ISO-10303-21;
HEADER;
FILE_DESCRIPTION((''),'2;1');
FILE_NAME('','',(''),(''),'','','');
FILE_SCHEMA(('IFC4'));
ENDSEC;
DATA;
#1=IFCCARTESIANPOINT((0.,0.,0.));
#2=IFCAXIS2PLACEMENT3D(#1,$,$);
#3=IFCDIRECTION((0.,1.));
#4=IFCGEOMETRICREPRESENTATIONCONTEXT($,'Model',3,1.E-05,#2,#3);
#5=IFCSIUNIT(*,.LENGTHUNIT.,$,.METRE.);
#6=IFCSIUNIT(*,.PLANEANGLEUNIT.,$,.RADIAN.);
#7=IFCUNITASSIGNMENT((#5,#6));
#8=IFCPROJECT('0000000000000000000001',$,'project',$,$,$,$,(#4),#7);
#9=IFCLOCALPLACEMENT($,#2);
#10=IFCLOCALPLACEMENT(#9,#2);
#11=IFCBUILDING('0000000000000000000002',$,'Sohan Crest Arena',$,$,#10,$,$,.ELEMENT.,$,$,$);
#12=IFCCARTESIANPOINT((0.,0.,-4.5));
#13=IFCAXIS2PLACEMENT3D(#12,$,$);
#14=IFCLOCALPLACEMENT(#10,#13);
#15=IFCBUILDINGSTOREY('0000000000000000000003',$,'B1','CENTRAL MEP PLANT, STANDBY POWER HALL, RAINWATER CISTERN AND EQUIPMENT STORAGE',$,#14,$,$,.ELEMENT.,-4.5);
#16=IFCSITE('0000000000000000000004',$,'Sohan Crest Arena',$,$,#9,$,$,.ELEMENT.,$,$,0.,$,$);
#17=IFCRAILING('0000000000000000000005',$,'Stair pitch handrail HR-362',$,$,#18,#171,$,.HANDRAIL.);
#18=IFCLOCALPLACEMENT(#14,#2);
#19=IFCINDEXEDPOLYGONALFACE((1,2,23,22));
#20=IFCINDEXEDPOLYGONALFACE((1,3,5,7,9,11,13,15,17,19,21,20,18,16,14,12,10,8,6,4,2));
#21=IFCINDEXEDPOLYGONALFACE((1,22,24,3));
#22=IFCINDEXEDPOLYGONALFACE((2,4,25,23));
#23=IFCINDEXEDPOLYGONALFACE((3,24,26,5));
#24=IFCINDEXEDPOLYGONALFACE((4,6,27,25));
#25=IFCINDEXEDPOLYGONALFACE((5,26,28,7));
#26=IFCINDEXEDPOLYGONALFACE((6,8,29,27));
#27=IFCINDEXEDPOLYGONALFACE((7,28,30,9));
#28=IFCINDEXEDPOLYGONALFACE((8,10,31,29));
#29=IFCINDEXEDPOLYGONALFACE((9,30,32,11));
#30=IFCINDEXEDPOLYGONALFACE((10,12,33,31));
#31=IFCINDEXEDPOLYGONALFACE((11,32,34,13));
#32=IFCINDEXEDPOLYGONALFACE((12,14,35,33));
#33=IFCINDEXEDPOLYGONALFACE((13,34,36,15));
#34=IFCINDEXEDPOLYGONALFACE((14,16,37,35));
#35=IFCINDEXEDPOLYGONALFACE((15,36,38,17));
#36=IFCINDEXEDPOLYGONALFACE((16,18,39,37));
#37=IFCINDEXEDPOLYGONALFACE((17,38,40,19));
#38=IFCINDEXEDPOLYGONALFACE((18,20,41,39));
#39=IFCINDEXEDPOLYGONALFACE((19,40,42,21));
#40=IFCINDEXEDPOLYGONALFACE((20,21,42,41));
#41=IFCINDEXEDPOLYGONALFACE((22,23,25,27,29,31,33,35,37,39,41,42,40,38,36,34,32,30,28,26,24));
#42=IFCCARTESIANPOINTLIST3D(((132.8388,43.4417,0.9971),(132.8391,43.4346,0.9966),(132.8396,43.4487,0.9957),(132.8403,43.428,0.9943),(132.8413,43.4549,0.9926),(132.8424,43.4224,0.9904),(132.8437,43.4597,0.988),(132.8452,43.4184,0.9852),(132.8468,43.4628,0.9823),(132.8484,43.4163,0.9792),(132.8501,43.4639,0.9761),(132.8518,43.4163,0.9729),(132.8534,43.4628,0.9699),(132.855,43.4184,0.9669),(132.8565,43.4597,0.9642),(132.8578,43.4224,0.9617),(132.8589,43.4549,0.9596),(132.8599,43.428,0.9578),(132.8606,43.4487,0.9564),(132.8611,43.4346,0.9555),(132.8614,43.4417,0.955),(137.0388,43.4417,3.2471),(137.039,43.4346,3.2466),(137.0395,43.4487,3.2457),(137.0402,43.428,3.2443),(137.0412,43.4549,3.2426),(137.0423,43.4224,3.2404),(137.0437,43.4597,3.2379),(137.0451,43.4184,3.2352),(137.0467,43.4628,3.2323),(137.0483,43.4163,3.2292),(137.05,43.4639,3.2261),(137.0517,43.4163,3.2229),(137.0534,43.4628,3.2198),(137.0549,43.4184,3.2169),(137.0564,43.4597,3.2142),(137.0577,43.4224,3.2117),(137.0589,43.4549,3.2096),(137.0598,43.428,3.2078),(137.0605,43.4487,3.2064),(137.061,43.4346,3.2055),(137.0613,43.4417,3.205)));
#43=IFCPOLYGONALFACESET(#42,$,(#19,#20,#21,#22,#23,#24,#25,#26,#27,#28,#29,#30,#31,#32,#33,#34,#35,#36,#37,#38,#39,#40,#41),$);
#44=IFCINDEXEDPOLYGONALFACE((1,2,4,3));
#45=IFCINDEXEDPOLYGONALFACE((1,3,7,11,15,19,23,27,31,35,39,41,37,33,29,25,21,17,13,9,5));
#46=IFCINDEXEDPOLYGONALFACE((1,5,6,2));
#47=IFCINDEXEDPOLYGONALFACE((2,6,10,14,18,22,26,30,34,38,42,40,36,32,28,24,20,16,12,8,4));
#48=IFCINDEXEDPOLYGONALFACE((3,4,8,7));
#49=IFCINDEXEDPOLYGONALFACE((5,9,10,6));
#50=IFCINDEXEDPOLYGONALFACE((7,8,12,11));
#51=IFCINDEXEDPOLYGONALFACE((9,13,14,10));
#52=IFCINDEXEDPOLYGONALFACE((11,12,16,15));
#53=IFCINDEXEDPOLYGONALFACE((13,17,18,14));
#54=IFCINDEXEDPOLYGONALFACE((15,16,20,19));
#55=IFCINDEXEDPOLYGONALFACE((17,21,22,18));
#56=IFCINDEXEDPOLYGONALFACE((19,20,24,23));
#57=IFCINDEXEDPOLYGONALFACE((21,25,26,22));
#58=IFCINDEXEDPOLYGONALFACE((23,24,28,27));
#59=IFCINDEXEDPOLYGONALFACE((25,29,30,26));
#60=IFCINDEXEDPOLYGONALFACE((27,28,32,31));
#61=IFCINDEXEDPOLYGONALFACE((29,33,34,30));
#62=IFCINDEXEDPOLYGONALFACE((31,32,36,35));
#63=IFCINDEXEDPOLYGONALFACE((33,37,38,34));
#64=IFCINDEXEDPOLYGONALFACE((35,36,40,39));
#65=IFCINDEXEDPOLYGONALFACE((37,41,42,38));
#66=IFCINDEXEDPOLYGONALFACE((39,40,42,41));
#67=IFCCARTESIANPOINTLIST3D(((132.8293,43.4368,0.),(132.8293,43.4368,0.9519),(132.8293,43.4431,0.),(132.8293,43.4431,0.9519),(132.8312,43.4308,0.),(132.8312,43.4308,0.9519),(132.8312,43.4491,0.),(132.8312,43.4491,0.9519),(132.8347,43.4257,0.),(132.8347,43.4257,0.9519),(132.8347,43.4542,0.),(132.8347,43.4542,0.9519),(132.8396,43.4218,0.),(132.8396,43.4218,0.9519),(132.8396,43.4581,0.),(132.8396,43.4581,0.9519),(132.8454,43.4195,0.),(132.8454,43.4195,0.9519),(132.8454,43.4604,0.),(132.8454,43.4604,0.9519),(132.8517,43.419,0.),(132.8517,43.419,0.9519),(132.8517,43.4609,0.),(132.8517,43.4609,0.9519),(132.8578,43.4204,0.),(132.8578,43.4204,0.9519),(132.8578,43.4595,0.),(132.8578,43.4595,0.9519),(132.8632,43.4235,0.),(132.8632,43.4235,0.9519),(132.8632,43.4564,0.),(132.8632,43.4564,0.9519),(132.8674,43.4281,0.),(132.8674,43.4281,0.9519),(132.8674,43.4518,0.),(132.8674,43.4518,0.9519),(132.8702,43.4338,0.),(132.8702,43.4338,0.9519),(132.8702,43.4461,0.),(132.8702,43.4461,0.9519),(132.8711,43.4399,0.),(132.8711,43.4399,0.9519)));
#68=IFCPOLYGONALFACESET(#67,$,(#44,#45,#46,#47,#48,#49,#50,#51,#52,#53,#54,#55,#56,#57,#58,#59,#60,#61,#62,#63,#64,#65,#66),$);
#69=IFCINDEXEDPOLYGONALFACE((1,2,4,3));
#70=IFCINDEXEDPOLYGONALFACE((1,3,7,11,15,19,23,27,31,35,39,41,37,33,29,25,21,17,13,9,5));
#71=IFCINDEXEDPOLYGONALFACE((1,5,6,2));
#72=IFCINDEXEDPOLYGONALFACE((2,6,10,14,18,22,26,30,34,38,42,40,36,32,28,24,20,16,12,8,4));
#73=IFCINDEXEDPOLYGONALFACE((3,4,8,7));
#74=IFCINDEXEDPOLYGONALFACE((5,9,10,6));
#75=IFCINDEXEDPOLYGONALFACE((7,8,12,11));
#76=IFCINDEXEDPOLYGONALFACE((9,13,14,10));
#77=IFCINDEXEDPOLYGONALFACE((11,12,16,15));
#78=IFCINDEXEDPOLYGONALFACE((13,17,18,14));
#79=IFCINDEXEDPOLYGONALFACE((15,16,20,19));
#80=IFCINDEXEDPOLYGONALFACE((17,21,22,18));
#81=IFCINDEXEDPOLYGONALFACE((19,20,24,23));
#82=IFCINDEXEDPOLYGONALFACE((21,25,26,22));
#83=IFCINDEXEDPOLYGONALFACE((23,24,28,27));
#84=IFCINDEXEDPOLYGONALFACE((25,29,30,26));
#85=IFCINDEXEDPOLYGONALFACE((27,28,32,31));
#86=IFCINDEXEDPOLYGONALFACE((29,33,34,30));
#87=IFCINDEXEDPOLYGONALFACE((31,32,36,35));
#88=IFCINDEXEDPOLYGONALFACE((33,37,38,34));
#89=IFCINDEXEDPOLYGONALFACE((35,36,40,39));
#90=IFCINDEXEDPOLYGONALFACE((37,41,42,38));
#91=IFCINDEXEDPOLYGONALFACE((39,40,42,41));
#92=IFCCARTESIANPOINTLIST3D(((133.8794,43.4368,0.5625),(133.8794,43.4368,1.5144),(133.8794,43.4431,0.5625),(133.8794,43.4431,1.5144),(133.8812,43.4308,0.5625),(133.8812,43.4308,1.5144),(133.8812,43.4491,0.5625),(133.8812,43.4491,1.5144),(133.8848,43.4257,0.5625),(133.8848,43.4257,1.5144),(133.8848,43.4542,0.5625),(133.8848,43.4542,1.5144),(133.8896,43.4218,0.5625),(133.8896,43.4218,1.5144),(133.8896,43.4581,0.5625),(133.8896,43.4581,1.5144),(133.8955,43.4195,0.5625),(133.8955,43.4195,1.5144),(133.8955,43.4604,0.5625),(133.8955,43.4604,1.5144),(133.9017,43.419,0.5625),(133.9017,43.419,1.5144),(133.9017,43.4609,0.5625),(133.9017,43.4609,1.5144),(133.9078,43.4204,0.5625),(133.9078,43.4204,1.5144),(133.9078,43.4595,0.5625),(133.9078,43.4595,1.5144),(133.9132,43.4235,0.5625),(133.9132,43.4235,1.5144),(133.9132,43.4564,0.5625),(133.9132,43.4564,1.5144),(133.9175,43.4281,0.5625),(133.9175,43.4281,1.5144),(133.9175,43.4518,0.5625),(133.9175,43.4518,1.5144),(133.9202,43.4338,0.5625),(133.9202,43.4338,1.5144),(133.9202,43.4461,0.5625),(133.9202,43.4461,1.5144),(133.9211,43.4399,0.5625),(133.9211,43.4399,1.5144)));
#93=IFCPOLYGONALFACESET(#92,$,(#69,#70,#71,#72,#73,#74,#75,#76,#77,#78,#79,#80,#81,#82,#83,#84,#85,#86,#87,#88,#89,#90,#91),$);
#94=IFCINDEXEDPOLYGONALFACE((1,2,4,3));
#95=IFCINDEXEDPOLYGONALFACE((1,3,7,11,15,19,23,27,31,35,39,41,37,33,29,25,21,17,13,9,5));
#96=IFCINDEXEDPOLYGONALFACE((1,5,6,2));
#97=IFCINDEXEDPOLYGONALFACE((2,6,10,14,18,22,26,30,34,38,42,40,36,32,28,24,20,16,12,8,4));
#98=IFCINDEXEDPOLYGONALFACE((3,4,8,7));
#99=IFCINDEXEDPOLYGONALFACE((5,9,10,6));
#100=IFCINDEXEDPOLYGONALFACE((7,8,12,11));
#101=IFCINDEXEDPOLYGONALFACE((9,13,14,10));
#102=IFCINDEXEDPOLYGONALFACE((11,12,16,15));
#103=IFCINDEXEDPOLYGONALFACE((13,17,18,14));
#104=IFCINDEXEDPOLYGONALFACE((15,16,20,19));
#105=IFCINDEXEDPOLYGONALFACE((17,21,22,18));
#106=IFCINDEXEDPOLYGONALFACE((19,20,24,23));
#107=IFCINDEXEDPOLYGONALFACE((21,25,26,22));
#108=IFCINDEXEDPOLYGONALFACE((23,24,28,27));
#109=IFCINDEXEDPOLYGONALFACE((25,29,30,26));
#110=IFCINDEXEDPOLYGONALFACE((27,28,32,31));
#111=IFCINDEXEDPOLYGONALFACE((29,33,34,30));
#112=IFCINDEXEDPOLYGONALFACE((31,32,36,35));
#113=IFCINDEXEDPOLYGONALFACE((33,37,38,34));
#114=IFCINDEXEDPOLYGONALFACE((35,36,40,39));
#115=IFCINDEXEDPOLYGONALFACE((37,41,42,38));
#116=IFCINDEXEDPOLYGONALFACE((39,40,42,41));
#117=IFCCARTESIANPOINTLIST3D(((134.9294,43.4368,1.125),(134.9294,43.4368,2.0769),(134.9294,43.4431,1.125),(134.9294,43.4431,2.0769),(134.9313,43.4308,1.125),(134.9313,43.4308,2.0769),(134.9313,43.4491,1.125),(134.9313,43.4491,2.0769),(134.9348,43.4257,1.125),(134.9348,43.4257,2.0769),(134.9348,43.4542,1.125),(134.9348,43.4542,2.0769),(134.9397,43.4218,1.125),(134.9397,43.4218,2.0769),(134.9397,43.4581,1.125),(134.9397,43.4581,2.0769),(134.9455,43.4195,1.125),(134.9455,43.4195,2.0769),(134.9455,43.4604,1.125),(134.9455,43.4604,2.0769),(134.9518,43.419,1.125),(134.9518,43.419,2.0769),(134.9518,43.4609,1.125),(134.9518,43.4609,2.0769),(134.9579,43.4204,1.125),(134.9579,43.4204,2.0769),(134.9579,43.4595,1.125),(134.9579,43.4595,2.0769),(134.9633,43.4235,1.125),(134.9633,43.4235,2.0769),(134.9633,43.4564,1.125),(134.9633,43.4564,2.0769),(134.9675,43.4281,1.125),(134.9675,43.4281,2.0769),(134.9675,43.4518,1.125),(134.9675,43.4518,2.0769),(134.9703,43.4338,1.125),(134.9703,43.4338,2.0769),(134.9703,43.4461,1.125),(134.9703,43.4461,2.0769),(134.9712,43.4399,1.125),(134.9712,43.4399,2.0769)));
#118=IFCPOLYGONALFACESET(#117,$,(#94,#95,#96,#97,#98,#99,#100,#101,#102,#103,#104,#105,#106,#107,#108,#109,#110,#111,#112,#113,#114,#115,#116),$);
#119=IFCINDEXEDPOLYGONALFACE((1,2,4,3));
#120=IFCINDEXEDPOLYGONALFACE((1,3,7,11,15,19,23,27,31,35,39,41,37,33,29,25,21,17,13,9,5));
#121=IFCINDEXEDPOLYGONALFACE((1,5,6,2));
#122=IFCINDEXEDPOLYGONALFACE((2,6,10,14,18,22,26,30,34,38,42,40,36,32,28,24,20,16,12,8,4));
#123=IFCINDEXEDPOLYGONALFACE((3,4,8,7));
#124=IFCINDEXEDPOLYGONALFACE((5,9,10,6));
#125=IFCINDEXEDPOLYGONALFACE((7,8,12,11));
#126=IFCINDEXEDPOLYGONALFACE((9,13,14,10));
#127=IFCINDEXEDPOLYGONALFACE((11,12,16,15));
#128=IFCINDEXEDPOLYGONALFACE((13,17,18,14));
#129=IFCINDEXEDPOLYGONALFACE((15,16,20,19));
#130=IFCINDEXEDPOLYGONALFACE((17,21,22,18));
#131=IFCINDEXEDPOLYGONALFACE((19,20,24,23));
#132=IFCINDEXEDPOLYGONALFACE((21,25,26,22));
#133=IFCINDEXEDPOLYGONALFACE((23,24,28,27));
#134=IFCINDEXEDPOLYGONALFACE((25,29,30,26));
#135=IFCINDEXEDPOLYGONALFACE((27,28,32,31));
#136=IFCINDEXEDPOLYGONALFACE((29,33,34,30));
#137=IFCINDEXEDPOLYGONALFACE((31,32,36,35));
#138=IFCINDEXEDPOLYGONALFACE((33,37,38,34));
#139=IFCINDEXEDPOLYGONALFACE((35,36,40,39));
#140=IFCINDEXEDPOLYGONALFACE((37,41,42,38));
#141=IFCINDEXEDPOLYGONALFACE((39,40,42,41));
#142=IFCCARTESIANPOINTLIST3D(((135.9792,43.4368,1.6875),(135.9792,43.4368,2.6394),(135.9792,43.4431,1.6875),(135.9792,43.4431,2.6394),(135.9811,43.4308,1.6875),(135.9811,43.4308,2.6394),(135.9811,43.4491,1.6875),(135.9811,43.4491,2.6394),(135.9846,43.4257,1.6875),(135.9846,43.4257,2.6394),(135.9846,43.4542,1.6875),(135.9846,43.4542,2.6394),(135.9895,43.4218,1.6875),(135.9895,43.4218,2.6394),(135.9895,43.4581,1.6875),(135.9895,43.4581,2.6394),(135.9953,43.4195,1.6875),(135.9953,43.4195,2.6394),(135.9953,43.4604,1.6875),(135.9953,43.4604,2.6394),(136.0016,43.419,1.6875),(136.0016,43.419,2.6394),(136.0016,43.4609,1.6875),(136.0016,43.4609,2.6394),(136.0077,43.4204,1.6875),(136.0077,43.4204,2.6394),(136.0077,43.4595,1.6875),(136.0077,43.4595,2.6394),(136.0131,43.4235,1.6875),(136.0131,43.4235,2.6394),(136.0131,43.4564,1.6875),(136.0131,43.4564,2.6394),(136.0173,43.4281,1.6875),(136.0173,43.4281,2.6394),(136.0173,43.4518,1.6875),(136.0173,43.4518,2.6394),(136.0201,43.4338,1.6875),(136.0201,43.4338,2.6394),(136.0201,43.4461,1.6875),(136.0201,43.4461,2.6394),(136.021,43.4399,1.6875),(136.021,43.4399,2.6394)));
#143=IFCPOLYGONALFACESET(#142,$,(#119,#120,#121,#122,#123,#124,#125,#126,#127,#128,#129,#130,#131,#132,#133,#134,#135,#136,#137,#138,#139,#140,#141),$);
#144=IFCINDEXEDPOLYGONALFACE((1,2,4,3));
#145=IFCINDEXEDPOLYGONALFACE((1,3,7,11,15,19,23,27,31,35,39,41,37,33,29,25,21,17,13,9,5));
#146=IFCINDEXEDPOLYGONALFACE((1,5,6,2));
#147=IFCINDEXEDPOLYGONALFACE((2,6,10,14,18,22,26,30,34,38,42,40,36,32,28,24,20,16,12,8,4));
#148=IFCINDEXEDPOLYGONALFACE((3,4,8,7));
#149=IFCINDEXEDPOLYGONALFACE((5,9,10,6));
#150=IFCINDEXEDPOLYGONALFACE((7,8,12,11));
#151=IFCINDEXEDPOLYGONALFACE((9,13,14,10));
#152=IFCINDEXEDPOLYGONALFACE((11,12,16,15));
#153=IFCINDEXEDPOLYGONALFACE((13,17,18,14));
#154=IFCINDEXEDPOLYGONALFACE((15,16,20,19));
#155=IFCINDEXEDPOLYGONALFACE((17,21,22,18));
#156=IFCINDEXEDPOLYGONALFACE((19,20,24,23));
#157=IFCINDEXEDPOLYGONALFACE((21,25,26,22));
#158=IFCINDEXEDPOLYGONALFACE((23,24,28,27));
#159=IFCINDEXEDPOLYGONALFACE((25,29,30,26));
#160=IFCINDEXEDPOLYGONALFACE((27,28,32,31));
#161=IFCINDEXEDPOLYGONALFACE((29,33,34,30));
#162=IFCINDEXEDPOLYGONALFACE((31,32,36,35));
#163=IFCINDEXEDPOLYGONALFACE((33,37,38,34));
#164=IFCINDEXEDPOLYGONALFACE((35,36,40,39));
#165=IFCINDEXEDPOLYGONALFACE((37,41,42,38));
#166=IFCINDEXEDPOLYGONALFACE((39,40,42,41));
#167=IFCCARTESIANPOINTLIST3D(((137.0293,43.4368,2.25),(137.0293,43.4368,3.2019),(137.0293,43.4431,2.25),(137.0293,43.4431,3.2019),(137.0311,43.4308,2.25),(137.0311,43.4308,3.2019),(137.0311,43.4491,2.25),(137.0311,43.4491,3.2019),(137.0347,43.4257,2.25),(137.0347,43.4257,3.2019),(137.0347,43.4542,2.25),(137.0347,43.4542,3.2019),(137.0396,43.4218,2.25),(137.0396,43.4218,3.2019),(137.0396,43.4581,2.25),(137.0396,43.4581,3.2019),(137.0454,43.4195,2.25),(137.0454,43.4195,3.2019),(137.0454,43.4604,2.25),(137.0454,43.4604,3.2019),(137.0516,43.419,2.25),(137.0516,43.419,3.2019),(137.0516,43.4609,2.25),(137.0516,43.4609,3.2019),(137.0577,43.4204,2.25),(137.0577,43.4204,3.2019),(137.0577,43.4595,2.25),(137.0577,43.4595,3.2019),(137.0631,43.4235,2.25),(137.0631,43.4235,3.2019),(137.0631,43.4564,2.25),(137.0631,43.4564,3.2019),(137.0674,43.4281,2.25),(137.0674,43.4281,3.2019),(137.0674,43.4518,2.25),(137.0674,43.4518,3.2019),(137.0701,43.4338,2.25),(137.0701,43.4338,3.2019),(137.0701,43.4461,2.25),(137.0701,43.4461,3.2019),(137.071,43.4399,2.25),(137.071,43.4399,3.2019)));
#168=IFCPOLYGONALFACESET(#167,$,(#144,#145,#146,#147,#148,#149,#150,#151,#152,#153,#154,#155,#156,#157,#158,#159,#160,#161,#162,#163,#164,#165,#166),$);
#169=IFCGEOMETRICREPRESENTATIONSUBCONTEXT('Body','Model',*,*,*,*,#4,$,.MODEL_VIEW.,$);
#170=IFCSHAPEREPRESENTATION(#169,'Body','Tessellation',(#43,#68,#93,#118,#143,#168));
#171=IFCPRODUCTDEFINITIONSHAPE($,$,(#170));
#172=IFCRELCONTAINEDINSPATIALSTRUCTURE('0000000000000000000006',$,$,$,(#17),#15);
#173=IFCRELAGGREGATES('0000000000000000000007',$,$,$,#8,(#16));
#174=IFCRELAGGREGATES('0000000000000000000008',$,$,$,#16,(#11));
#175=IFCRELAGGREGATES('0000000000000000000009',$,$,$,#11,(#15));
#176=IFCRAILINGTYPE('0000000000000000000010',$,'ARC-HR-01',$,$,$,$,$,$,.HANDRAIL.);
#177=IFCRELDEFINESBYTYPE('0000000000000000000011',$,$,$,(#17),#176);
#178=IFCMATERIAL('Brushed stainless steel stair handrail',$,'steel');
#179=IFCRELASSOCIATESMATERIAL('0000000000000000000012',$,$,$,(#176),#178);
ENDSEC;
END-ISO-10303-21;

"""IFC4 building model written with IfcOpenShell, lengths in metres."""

from ifc_helpers import new_model, si_unit, direction, frame, origin, origin_2d, place, context, subcontext, project, spatial, circle, extrude, material, type_object, element, save


model = new_model("IFC4")

# Units and contexts
model_context = context("Model", 3, precision=1e-05, world=origin(), true_north=direction((0.0, 1.0)))
body_context = subcontext(model_context, "Body", "Model", "MODEL_VIEW")
ifc_project = project(units=[si_unit("LENGTHUNIT", "METRE"), si_unit("PLANEANGLEUNIT", "RADIAN")], contexts=[model_context])

# Site, building, storey
site_placement = place(None, origin())
site = spatial("IfcSite", under=ifc_project, at=site_placement, Name="Sohan Crest Arena", CompositionType="ELEMENT", RefElevation=0.0)
building_placement = place(site_placement, origin())
building = spatial("IfcBuilding", under=site, at=building_placement, Name="Sohan Crest Arena", CompositionType="ELEMENT")
storey_placement = place(building_placement, frame((0.0, 0.0, -4.5)))
storey = spatial("IfcBuildingStorey", under=building, at=storey_placement, Name="B1", Description="CENTRAL MEP PLANT, STANDBY POWER HALL, RAINWATER CISTERN AND EQUIPMENT STORAGE", CompositionType="ELEMENT", Elevation=-4.5)

# Railing
ifc_material_1 = material(Name="Brushed stainless steel stair handrail", Category="steel")
railing_type = type_object("IfcRailingType", Name="ARC-HR-01", PredefinedType="HANDRAIL", material=ifc_material_1)
for number, where, name in (
    (1, (132.8501, 43.4399, 0.0), "Stair pitch handrail HR-362"),
):
    element("IfcRailing", number, at=place(storey_placement, frame(where)), inside=storey, type_object=railing_type, Name=name, PredefinedType="HANDRAIL", context=body_context, shape_type="SweptSolid", body=[
        extrude(circle(Radius=0.0239, at=origin_2d()), frame((0.0, 0.0, 0.9761), z_axis=(0.881478, 0.0, 0.472226), x_axis=(0.0, 1.0, 0.0)), (0.0, 0.0, 1.0), 4.7646),
        extrude(circle(Radius=0.021, at=origin_2d()), origin(), (0.0, 0.0, 1.0), 0.9519),
        extrude(circle(Radius=0.021, at=origin_2d()), frame((1.05, 0.0, 0.5625)), (0.0, 0.0, 1.0), 0.9519),
        extrude(circle(Radius=0.021, at=origin_2d()), frame((2.1001, 0.0, 1.125)), (0.0, 0.0, 1.0), 0.9519),
        extrude(circle(Radius=0.021, at=origin_2d()), frame((3.1499, 0.0, 1.6875)), (0.0, 0.0, 1.0), 0.9519),
        extrude(circle(Radius=0.021, at=origin_2d()), frame((4.2, 0.0, 2.25)), (0.0, 0.0, 1.0), 0.9519),
    ])

save(model, "model.ifc")
